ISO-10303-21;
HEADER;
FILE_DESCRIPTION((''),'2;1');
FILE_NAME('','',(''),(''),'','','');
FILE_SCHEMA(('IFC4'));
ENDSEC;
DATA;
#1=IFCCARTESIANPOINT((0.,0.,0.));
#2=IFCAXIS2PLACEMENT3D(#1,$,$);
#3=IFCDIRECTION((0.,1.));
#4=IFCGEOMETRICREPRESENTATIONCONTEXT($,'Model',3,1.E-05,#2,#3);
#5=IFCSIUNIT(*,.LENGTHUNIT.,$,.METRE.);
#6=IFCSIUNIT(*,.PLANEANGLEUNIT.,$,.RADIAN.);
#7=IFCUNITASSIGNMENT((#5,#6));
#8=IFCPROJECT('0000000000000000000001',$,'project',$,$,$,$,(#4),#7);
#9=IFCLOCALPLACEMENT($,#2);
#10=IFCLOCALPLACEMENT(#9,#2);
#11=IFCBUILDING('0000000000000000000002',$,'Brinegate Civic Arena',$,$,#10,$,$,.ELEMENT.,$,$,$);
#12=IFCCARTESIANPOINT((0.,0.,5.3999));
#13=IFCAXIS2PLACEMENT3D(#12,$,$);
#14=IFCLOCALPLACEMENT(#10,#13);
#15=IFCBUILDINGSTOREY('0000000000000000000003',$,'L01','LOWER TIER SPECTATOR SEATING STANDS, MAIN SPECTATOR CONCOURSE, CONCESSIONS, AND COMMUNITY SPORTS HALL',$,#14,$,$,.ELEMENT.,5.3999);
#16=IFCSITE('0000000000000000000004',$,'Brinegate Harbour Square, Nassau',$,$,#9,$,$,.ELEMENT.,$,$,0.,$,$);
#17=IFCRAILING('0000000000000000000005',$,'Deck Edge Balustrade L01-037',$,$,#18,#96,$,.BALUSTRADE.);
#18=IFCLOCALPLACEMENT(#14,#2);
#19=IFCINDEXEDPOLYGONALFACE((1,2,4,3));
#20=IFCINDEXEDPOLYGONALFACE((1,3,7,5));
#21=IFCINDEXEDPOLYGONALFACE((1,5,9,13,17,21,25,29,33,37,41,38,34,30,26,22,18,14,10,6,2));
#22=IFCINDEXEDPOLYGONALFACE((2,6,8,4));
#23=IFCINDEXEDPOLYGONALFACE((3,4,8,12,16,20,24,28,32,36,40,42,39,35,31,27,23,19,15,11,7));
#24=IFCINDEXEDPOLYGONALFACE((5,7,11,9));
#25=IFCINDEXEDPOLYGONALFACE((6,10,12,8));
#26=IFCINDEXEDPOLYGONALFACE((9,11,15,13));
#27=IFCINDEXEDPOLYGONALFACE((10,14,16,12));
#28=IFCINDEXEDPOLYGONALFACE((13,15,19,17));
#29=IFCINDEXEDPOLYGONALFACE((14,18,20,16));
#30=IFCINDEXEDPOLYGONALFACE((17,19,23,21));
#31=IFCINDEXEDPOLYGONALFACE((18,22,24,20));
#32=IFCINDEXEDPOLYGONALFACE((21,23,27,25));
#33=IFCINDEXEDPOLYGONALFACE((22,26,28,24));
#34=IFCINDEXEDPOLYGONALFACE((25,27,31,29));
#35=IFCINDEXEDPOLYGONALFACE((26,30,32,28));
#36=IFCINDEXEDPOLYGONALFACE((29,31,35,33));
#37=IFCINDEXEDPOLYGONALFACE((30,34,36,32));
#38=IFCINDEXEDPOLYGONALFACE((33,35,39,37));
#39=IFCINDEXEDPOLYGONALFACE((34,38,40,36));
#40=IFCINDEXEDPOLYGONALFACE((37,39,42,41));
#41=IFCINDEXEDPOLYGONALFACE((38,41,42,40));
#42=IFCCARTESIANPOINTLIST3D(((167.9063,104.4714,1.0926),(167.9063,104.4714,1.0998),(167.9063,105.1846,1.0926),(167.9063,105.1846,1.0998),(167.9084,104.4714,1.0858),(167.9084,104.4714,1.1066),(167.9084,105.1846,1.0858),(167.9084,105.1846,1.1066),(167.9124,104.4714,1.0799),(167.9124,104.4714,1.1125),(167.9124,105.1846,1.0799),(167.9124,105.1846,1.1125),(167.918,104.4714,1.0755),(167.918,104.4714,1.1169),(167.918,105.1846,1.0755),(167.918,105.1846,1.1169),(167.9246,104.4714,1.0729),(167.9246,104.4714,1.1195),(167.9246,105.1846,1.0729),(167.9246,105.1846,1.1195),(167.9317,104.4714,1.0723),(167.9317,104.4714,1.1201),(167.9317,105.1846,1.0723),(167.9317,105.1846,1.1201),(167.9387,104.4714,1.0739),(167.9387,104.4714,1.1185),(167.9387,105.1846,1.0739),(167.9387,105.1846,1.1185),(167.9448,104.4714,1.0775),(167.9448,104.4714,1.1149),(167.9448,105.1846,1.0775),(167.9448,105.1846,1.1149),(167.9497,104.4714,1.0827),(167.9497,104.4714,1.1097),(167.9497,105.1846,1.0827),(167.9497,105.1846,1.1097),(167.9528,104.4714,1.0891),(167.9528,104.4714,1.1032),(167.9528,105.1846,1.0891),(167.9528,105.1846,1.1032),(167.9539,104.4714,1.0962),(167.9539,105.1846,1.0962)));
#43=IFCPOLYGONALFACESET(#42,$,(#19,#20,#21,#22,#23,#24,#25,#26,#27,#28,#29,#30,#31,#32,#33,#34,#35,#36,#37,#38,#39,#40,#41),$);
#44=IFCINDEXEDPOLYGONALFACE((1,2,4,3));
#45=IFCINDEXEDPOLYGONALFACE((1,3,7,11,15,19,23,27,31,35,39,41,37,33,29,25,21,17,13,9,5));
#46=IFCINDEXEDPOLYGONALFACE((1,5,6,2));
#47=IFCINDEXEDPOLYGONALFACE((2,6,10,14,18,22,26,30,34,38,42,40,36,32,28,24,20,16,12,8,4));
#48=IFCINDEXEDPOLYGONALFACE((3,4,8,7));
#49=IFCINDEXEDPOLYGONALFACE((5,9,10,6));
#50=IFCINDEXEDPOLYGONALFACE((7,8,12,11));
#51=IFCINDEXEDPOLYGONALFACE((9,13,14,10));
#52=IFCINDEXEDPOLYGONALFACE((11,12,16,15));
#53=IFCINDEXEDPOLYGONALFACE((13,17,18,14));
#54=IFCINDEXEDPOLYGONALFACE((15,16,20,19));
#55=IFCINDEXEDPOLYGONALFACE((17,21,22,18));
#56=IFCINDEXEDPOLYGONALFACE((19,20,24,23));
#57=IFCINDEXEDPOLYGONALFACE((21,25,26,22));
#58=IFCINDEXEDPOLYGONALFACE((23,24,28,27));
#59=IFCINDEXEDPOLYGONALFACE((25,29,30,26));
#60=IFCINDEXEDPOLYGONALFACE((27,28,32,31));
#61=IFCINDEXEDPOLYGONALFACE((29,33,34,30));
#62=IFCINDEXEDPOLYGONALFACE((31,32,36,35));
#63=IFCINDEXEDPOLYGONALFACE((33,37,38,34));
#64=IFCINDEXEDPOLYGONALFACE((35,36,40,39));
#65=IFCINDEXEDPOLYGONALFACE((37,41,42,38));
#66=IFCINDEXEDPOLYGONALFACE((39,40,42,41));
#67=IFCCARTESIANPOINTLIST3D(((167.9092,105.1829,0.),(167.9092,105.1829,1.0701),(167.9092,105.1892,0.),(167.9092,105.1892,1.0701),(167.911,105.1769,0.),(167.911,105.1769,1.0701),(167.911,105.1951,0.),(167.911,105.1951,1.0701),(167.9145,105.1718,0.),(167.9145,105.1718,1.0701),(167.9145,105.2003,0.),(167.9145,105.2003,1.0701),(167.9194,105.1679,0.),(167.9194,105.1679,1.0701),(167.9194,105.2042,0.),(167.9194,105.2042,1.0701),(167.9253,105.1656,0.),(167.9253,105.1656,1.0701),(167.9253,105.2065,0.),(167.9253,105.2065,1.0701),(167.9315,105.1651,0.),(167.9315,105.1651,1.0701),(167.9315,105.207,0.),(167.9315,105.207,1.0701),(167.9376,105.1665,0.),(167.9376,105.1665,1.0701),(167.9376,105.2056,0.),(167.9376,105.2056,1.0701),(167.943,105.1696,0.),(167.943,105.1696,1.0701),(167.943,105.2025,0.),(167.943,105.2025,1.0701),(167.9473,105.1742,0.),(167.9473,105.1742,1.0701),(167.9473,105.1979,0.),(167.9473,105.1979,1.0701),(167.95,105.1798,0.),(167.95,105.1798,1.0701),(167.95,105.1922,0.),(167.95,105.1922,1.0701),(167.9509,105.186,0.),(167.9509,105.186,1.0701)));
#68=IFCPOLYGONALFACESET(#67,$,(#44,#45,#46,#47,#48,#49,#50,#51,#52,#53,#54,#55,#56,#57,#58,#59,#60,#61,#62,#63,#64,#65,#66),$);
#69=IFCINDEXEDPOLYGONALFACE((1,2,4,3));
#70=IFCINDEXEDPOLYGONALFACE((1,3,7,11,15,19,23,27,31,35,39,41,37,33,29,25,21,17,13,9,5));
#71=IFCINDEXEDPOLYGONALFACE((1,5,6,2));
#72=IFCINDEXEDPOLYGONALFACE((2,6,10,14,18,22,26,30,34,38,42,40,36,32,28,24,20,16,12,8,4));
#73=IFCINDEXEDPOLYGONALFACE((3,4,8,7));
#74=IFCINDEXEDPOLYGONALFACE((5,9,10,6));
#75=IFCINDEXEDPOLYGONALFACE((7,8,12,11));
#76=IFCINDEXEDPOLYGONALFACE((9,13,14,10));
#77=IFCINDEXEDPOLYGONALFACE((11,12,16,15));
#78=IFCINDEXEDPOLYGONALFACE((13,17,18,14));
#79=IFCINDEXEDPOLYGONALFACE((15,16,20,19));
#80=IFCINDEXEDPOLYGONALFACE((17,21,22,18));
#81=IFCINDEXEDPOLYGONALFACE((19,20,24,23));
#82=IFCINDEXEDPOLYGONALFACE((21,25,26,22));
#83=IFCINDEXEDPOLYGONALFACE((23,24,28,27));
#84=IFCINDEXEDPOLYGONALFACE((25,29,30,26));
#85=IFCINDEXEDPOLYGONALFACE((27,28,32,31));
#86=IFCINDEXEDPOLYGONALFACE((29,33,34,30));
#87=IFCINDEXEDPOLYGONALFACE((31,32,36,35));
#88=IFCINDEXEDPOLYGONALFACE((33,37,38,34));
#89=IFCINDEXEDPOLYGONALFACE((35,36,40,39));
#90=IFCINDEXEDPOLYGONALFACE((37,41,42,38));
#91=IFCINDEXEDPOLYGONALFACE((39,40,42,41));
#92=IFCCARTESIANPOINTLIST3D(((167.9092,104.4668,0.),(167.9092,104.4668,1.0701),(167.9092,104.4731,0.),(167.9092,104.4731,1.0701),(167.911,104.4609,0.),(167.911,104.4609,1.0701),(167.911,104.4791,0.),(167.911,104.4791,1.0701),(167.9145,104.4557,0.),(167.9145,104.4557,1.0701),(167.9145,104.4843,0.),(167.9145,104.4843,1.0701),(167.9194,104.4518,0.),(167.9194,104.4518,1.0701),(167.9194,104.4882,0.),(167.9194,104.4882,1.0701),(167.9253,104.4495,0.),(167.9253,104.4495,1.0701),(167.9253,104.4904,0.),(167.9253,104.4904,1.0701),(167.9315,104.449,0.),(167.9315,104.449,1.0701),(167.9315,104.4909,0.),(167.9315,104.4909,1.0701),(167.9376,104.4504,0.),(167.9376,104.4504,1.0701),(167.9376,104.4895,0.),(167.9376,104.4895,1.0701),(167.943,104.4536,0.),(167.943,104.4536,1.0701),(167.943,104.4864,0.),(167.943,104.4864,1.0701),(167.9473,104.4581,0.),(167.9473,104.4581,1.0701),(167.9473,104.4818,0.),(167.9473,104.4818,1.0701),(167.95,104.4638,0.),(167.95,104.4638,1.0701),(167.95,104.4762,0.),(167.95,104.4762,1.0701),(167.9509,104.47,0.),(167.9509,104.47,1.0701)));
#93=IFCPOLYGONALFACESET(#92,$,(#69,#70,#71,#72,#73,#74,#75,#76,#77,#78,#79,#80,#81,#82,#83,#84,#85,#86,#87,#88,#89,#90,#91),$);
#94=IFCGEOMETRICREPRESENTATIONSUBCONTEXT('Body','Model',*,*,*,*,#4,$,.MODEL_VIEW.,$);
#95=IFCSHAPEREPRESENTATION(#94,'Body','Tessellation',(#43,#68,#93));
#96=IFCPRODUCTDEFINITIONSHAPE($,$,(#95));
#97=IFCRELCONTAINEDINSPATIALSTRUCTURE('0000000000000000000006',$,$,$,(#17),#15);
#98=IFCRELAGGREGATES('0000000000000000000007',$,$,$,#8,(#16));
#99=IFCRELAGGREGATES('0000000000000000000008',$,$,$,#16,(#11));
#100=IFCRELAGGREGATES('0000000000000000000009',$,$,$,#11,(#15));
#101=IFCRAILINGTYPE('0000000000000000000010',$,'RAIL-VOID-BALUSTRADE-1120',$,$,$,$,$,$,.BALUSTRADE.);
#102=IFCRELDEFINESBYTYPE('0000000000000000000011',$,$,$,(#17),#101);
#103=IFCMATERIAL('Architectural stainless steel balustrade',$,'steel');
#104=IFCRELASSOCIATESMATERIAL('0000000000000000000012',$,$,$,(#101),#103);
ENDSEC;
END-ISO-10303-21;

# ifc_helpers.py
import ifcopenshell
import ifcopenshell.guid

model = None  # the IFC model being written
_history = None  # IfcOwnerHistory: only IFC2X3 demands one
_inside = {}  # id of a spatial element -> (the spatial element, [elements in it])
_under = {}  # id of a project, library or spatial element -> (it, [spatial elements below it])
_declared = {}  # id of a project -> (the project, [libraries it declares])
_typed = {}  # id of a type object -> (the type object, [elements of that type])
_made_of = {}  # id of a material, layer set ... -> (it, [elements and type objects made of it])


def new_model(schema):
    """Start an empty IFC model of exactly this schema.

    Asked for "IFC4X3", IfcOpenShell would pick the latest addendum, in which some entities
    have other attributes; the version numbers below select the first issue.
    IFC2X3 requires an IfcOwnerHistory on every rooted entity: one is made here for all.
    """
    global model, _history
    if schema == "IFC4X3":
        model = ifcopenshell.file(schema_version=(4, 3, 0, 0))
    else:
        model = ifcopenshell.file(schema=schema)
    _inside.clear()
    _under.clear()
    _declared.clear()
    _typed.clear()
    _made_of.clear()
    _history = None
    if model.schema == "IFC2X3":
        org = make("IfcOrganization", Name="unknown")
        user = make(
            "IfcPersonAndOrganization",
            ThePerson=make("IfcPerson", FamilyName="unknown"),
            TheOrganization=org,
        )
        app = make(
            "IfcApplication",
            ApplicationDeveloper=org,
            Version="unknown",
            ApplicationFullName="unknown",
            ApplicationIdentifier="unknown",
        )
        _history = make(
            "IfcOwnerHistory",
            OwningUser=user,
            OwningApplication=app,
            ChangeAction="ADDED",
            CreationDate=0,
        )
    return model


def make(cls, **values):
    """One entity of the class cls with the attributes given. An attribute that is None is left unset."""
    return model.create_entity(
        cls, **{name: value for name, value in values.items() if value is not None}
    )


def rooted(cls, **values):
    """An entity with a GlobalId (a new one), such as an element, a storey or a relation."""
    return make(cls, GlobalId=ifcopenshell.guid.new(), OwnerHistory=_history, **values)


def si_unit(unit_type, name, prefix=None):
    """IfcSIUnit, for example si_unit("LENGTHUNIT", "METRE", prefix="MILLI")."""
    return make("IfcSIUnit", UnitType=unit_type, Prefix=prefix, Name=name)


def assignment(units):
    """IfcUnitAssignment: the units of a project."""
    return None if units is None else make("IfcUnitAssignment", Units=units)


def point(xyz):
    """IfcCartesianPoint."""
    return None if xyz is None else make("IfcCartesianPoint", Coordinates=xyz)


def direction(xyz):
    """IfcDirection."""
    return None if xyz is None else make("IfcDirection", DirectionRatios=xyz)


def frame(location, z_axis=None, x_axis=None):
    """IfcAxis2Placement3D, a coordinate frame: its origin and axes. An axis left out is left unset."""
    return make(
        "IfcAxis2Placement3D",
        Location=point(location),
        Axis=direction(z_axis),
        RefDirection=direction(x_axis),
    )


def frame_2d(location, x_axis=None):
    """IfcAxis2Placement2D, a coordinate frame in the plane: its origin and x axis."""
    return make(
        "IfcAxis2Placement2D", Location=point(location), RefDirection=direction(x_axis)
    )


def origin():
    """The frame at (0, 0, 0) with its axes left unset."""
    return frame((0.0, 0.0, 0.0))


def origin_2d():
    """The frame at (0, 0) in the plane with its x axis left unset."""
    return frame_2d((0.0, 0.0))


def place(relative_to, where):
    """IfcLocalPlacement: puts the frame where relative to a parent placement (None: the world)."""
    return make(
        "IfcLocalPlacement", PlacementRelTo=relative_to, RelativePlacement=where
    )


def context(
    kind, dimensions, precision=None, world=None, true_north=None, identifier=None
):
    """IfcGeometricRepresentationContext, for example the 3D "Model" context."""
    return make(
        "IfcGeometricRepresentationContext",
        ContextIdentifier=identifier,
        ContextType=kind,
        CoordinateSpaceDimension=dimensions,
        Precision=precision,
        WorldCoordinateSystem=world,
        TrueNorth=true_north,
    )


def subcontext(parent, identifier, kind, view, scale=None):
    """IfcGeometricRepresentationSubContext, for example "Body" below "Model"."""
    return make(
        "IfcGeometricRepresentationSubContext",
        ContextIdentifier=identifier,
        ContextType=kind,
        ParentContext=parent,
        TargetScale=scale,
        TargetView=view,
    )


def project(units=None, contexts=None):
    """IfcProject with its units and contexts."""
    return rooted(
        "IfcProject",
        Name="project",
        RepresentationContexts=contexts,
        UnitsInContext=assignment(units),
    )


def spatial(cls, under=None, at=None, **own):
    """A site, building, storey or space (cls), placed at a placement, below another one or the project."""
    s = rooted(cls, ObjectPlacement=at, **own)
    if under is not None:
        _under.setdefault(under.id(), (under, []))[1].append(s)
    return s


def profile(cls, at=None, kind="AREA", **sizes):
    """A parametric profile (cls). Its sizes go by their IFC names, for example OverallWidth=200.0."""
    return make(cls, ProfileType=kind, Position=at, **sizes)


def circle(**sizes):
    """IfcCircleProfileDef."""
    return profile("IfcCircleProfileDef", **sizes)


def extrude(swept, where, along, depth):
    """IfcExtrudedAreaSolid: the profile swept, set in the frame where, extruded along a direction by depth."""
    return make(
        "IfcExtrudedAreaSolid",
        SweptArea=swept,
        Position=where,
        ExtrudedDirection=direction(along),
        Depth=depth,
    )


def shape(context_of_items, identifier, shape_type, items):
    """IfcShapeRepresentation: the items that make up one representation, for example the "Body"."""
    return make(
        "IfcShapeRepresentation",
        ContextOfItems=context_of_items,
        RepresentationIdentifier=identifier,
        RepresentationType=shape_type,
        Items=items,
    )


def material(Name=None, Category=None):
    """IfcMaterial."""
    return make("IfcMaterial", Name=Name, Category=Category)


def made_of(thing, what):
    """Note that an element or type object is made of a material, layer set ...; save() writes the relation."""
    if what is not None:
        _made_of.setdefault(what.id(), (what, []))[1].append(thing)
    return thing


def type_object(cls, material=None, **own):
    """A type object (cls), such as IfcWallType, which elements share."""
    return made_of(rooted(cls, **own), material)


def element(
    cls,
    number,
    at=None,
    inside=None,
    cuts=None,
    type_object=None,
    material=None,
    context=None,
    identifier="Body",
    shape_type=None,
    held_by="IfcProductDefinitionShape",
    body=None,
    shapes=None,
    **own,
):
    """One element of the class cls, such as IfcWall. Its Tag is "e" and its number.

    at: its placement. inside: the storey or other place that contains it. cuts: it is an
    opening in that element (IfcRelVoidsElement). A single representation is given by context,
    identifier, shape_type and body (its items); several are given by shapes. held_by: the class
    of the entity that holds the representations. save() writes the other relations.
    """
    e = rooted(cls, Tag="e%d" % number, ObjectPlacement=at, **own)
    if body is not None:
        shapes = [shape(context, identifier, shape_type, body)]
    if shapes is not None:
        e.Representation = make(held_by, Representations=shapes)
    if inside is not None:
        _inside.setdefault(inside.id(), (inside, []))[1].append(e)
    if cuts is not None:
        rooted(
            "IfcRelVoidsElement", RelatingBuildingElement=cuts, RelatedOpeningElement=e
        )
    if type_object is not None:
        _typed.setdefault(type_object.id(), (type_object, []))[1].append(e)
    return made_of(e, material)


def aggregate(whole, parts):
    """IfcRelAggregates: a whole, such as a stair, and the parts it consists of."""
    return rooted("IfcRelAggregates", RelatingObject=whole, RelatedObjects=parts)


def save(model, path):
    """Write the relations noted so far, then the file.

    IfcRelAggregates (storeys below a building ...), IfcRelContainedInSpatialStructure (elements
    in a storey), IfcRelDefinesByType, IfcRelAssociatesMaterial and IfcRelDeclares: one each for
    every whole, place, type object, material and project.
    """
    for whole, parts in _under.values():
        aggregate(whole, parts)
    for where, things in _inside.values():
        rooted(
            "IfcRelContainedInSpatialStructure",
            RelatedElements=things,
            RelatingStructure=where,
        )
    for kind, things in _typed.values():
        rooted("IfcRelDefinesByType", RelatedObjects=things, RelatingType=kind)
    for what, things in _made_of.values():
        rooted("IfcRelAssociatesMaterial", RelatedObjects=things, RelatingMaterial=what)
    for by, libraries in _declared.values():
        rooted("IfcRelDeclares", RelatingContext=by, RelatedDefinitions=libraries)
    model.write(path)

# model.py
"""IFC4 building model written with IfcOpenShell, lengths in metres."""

from ifc_helpers import new_model, si_unit, direction, frame, origin, origin_2d, place, context, subcontext, project, spatial, circle, extrude, material, type_object, element, save


model = new_model("IFC4")

# Units and contexts
model_context = context("Model", 3, precision=1e-05, world=origin(), true_north=direction((0.0, 1.0)))
body_context = subcontext(model_context, "Body", "Model", "MODEL_VIEW")
ifc_project = project(units=[si_unit("LENGTHUNIT", "METRE"), si_unit("PLANEANGLEUNIT", "RADIAN")], contexts=[model_context])

# Site, building, storey
site_placement = place(None, origin())
site = spatial("IfcSite", under=ifc_project, at=site_placement, Name="Brinegate Harbour Square, Nassau", CompositionType="ELEMENT", RefElevation=0.0)
building_placement = place(site_placement, origin())
building = spatial("IfcBuilding", under=site, at=building_placement, Name="Brinegate Civic Arena", CompositionType="ELEMENT")
storey_placement = place(building_placement, frame((0.0, 0.0, 5.3999)))
storey = spatial("IfcBuildingStorey", under=building, at=storey_placement, Name="L01", Description="LOWER TIER SPECTATOR SEATING STANDS, MAIN SPECTATOR CONCOURSE, CONCESSIONS, AND COMMUNITY SPORTS HALL", CompositionType="ELEMENT", Elevation=5.3999)

# Railing
ifc_material_1 = material(Name="Architectural stainless steel balustrade", Category="steel")
railing_type_1 = type_object("IfcRailingType", Name="RAIL-VOID-BALUSTRADE-1120", PredefinedType="BALUSTRADE", material=ifc_material_1)
railing_1_placement = place(storey_placement, frame((167.9299, 105.186, 0.0)))
element("IfcRailing", 1, at=railing_1_placement, inside=storey, type_object=railing_type_1, Name="Deck Edge Balustrade L01-037", PredefinedType="BALUSTRADE", context=body_context, shape_type="SweptSolid", body=[
    extrude(circle(Radius=0.0239, at=origin_2d()), frame((0.0, -0.0015, 1.0962), z_axis=(0.0, -1.0, 0.0), x_axis=(1.0, 0.0, 0.0)), (0.0, 0.0, 1.0), 0.7131),
    extrude(circle(Radius=0.021, at=origin_2d()), origin(), (0.0, 0.0, 1.0), 1.0701),
    extrude(circle(Radius=0.021, at=origin_2d()), frame((0.0, -0.7161, 0.0)), (0.0, 0.0, 1.0), 1.0701),
])

save(model, "model.ifc")
